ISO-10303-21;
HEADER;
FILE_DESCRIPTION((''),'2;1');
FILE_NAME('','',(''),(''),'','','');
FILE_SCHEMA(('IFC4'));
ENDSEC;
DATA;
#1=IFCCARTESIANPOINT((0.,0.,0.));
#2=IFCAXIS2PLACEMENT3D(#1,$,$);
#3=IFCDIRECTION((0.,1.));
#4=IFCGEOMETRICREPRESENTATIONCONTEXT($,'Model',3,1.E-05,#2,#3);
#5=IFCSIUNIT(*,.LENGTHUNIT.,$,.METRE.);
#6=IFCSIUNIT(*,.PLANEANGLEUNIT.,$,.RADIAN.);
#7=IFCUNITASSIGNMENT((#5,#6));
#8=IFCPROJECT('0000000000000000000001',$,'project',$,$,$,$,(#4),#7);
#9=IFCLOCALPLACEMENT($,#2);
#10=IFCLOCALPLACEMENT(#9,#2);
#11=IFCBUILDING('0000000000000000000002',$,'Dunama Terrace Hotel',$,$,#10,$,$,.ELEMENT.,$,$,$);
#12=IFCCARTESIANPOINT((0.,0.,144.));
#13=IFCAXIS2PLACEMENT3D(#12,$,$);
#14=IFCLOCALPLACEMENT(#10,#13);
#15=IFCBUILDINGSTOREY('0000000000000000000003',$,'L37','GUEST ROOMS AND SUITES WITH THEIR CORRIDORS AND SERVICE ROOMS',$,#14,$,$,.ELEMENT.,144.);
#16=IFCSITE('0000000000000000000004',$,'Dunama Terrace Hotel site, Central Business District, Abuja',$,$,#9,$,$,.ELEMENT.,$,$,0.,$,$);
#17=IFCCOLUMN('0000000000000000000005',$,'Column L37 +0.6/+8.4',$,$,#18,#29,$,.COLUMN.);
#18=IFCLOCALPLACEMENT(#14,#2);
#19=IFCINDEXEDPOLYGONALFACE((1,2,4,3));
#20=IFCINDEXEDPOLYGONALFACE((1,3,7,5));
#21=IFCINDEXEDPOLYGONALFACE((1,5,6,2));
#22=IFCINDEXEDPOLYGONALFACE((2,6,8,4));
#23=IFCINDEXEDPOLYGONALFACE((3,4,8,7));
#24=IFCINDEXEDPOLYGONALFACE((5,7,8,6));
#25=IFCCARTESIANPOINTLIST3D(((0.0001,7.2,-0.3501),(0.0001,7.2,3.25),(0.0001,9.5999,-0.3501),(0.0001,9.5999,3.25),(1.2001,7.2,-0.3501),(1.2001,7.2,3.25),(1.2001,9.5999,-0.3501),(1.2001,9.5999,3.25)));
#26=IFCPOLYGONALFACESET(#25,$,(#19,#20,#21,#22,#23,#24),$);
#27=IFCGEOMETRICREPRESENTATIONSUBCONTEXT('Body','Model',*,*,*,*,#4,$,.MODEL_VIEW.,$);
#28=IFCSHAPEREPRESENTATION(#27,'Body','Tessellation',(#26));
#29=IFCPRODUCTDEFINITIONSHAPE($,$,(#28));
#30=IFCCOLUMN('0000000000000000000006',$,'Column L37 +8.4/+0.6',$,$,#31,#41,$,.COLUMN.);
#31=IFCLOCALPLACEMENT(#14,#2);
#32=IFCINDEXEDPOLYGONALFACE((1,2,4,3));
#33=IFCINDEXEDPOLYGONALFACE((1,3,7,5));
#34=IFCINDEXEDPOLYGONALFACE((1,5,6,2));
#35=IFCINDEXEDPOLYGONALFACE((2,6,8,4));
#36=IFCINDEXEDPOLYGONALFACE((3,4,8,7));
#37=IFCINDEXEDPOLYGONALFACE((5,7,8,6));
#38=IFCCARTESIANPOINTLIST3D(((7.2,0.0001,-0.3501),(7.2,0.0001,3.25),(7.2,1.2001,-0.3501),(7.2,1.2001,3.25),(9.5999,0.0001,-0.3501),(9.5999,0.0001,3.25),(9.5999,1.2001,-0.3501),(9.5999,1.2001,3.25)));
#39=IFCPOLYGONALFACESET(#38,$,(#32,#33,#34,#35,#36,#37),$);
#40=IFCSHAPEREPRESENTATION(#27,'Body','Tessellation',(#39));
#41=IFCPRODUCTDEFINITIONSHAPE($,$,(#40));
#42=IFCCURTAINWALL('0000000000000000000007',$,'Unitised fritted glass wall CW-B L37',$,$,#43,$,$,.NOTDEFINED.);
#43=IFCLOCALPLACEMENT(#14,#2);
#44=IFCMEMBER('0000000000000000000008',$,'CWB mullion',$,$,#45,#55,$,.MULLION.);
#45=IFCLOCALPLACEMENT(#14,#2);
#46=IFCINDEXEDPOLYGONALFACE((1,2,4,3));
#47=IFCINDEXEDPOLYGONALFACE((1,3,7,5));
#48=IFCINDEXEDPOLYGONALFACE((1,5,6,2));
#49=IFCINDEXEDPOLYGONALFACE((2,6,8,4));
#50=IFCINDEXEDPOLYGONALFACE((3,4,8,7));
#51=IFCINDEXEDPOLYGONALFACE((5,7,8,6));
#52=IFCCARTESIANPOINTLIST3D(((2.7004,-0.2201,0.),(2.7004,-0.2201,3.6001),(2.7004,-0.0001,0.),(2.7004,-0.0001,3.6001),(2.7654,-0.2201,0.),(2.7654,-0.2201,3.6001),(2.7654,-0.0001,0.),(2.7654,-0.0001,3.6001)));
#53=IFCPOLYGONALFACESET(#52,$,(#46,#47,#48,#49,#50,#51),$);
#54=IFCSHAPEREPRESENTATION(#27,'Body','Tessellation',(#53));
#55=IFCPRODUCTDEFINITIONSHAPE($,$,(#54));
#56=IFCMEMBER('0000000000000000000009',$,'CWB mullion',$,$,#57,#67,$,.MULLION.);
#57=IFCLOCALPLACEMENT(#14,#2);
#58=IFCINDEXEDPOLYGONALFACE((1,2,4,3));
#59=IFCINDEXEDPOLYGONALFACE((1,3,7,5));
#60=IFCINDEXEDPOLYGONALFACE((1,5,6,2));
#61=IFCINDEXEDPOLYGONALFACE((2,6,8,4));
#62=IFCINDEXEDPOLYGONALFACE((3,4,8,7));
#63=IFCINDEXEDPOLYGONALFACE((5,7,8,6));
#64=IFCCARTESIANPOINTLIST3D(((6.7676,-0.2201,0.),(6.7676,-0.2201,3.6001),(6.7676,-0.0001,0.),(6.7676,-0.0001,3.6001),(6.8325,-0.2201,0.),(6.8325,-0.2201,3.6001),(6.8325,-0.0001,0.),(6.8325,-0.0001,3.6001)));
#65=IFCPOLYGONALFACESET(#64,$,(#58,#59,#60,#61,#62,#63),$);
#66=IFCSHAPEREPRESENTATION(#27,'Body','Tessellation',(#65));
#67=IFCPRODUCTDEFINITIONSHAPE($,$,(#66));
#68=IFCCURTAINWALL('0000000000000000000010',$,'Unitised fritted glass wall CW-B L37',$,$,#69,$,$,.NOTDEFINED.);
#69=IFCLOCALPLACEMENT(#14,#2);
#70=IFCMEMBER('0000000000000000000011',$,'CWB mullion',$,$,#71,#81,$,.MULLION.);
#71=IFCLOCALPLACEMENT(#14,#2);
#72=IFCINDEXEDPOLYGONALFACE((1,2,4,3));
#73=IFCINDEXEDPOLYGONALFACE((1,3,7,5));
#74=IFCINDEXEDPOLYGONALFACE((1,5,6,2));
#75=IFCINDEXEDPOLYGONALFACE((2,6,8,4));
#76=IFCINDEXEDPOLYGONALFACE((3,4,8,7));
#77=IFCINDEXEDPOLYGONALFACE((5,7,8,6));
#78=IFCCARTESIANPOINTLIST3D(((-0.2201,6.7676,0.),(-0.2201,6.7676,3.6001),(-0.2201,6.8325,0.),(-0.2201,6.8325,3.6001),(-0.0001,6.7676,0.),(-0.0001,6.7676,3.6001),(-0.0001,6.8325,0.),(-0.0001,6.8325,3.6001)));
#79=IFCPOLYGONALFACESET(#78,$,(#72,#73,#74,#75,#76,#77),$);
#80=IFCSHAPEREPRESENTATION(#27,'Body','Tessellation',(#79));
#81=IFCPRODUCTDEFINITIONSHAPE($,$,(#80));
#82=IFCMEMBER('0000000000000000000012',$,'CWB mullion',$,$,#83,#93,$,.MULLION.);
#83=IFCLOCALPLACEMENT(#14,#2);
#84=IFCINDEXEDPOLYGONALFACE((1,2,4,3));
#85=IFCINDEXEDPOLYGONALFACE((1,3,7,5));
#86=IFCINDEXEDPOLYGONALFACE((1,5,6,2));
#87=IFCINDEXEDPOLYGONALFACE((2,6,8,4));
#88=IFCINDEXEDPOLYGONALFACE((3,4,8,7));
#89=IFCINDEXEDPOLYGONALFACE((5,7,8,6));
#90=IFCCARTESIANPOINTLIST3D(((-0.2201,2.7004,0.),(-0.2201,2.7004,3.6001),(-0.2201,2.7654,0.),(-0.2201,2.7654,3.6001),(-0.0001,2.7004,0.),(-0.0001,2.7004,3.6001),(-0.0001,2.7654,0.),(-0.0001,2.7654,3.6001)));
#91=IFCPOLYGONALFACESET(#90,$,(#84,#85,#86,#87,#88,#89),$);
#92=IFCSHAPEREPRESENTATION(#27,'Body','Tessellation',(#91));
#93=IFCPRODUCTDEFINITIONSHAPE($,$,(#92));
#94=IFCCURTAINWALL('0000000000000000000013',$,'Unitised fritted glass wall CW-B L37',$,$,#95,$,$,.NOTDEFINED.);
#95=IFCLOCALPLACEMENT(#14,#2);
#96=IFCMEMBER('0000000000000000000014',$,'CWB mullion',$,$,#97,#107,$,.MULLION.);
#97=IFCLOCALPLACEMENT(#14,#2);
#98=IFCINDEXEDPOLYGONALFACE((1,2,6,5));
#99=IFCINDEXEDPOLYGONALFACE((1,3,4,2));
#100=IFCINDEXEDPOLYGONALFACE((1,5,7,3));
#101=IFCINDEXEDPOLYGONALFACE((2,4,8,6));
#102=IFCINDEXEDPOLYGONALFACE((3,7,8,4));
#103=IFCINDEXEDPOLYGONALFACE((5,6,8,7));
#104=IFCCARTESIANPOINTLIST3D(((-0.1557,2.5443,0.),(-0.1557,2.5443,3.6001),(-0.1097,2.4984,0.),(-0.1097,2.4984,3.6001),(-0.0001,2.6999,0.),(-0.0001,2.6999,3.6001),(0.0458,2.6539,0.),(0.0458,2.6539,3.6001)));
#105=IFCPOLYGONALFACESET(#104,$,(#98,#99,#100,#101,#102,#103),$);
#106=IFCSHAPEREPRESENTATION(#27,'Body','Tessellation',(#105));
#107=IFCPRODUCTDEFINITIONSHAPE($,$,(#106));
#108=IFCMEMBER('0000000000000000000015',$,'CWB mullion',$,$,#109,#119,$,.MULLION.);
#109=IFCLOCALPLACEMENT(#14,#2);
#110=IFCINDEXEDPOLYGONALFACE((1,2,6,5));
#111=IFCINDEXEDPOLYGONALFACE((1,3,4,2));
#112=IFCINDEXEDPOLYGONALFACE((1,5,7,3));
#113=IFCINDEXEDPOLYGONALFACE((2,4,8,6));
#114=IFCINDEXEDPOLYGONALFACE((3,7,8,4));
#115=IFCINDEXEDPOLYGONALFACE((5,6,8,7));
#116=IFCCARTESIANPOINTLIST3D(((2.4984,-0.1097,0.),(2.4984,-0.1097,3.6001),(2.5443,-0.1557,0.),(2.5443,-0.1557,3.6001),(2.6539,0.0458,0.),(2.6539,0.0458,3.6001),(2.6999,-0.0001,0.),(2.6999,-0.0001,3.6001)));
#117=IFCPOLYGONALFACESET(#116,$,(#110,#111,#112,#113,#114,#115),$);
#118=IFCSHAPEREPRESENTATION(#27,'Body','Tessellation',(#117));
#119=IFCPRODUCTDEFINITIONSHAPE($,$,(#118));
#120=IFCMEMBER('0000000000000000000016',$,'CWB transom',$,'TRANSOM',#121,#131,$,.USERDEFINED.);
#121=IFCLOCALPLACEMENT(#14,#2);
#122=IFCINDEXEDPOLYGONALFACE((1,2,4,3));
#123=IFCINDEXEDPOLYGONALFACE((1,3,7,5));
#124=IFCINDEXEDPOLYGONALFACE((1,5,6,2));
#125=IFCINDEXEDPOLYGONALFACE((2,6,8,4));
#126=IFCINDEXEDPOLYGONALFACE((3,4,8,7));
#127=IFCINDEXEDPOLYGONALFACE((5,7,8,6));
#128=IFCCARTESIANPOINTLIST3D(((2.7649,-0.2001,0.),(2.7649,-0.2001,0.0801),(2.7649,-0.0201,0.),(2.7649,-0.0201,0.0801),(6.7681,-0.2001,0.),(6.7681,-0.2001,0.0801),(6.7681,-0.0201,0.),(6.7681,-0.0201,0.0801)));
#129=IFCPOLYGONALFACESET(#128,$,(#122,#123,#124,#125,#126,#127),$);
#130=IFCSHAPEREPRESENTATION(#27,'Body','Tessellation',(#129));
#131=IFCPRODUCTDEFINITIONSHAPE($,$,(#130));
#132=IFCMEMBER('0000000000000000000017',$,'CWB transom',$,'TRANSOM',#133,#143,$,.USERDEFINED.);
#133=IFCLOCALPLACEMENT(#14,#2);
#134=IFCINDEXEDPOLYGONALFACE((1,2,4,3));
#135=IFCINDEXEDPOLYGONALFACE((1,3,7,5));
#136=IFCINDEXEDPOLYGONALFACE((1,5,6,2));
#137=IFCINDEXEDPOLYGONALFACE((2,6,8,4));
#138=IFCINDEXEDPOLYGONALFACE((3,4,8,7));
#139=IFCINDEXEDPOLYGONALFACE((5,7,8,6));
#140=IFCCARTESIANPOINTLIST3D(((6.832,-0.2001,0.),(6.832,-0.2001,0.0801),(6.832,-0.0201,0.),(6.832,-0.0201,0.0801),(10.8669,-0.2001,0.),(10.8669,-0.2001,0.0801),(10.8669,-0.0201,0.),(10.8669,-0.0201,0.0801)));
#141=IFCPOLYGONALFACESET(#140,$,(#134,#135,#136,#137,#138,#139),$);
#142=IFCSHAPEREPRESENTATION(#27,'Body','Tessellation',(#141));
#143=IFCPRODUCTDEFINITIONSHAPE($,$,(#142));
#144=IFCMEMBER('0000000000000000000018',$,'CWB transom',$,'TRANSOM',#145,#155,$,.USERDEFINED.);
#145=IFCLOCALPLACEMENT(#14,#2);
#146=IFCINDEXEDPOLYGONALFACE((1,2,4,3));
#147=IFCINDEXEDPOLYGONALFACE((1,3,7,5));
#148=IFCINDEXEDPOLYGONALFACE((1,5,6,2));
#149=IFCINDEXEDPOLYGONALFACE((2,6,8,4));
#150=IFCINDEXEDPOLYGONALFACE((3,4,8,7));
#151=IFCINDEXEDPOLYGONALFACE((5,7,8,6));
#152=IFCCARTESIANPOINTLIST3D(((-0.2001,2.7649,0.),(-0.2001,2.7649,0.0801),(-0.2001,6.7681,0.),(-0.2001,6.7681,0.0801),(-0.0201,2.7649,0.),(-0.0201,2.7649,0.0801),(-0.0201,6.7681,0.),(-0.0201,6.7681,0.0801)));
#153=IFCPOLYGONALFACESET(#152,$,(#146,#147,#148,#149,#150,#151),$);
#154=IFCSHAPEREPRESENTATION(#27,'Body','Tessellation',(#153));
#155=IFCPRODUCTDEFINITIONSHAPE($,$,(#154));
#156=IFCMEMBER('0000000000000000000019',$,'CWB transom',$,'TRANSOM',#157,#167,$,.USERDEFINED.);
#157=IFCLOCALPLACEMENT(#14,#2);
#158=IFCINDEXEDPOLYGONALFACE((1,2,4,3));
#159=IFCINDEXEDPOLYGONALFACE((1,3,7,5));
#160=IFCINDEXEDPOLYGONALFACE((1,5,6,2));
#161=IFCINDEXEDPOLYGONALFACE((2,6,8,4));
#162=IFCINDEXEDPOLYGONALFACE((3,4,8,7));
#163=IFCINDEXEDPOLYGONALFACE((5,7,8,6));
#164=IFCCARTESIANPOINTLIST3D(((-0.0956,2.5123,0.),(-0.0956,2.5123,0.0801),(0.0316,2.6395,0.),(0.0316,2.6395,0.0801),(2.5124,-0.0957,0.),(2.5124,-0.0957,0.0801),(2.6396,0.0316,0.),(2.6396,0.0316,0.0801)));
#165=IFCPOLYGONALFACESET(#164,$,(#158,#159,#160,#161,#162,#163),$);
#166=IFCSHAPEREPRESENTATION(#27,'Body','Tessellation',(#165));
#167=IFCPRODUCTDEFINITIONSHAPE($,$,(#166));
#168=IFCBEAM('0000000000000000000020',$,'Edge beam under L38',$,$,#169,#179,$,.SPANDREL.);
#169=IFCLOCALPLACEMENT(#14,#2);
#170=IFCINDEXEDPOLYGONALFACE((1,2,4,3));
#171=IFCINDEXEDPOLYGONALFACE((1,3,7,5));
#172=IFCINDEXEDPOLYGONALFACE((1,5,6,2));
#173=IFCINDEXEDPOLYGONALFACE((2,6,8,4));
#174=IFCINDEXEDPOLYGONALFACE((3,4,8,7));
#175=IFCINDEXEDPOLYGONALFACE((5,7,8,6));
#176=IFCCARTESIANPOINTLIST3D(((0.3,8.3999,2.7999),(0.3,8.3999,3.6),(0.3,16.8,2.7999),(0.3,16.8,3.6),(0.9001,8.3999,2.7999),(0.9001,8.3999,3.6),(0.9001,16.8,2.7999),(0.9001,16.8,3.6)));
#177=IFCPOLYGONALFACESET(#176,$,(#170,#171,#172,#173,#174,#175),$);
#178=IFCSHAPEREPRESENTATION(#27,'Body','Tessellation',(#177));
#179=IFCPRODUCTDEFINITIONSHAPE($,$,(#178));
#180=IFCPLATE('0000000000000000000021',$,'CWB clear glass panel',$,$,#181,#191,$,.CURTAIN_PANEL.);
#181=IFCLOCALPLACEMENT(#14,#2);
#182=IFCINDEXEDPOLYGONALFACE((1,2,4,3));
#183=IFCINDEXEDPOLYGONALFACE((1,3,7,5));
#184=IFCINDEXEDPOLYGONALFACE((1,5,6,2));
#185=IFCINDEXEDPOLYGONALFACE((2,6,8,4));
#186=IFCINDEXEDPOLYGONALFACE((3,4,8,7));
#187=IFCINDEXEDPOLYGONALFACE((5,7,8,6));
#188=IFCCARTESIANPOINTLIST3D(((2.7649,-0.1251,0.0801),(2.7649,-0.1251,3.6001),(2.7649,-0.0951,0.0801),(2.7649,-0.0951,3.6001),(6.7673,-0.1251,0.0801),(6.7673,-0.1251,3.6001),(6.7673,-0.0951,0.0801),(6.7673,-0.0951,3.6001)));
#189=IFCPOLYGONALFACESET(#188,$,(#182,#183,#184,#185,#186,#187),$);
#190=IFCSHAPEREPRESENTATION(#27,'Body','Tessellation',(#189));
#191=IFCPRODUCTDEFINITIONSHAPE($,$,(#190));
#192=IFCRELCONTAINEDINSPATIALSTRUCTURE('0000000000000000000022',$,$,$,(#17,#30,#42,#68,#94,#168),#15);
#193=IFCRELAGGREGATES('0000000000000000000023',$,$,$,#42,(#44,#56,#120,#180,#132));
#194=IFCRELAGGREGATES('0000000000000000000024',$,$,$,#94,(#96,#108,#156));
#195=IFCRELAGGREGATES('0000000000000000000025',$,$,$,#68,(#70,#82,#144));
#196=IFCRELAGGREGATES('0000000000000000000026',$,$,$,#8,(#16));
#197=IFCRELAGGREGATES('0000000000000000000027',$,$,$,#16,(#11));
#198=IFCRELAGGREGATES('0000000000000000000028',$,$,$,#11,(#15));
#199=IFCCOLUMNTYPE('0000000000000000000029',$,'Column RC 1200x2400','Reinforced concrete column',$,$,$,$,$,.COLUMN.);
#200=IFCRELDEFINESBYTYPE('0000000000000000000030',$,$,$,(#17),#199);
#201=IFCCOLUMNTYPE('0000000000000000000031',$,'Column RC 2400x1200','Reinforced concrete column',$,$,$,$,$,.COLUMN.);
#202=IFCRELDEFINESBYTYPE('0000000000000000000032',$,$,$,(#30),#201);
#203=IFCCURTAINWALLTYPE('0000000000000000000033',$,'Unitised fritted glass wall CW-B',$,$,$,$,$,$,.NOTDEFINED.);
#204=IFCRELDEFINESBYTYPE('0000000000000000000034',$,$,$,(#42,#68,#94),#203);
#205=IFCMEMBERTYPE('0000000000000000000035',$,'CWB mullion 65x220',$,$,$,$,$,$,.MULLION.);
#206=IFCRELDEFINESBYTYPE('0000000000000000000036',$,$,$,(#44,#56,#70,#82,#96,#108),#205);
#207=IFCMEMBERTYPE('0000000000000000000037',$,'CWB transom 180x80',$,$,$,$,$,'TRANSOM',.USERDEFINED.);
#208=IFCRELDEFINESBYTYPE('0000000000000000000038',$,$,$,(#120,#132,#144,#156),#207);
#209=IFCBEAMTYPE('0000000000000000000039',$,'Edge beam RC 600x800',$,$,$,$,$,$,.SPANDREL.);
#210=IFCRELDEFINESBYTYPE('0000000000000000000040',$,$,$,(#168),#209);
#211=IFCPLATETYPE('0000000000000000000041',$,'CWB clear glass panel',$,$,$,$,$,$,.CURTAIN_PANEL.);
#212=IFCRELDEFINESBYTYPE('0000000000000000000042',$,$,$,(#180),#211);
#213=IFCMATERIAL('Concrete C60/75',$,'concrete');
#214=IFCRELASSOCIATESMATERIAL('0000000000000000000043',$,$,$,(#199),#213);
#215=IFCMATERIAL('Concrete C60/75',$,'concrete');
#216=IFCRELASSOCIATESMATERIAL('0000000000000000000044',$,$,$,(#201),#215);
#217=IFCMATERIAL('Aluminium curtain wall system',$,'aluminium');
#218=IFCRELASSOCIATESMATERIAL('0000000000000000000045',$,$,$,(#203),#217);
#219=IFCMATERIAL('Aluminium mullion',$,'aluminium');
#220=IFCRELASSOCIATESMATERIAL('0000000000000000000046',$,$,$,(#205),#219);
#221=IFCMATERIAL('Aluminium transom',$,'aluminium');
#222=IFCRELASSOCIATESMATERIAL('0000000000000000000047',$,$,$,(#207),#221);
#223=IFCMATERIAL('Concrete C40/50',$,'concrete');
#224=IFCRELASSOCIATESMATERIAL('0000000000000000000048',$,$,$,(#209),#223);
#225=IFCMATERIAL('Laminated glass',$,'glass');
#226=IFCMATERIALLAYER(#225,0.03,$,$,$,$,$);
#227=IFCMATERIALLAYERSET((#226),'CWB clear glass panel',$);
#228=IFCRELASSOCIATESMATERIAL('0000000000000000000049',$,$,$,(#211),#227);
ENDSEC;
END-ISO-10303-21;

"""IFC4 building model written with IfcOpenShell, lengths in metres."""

from ifc_helpers import new_model, si_unit, direction, frame, origin, origin_2d, place, context, subcontext, project, spatial, rectangle, extrude, material, layer, layer_set, material_profile, profile_set, type_object, element, aggregate, save


model = new_model("IFC4")

# Units and contexts
model_context = context("Model", 3, precision=1e-05, world=origin(), true_north=direction((0.0, 1.0)))
body_context = subcontext(model_context, "Body", "Model", "MODEL_VIEW")
ifc_project = project(units=[si_unit("LENGTHUNIT", "METRE"), si_unit("PLANEANGLEUNIT", "RADIAN")], contexts=[model_context])

# Site, building, storey
site_placement = place(None, origin())
site = spatial("IfcSite", under=ifc_project, at=site_placement, Name="Dunama Terrace Hotel site, Central Business District, Abuja", CompositionType="ELEMENT", RefElevation=0.0)
building_placement = place(site_placement, origin())
building = spatial("IfcBuilding", under=site, at=building_placement, Name="Dunama Terrace Hotel", CompositionType="ELEMENT")
storey_placement = place(building_placement, frame((0.0, 0.0, 144.0)))
storey = spatial("IfcBuildingStorey", under=building, at=storey_placement, Name="L37", Description="GUEST ROOMS AND SUITES WITH THEIR CORRIDORS AND SERVICE ROOMS", CompositionType="ELEMENT", Elevation=144.0)

# Columns
ifc_material_1 = material(Name="Concrete C60/75", Category="concrete")
ifc_material_profile_1 = material_profile(ifc_material_1, rectangle(XDim=1.2, YDim=2.3999, at=origin_2d()), Name="RC 1200x2400")
ifc_profile_set_1 = profile_set([ifc_material_profile_1], Name="Concrete C60/75")
column_type_1 = type_object("IfcColumnType", Name="Column RC 1200x2400", Description="Reinforced concrete column", PredefinedType="COLUMN", material=ifc_profile_set_1)
column_1_placement = place(storey_placement, frame((0.6001, 8.3999, -0.3501), z_axis=(0.0, 0.0, 1.0), x_axis=(1.0, 0.0, 0.0)))
element("IfcColumn", 1, at=column_1_placement, inside=storey, type_object=column_type_1, Name="Column L37 +0.6/+8.4", PredefinedType="COLUMN", context=body_context, shape_type="SweptSolid", body=[
    extrude(rectangle(XDim=1.2, YDim=2.3999, at=origin_2d()), origin(), (0.0, 0.0, 1.0), 3.6001),
])
ifc_material_2 = material(Name="Concrete C60/75", Category="concrete")
ifc_material_profile_2 = material_profile(ifc_material_2, rectangle(XDim=2.3999, YDim=1.2, at=origin_2d()), Name="RC 2400x1200")
ifc_profile_set_2 = profile_set([ifc_material_profile_2], Name="Concrete C60/75")
column_type_2 = type_object("IfcColumnType", Name="Column RC 2400x1200", Description="Reinforced concrete column", PredefinedType="COLUMN", material=ifc_profile_set_2)
column_2_placement = place(storey_placement, frame((8.3999, 0.6001, -0.3501), z_axis=(0.0, 0.0, 1.0), x_axis=(1.0, 0.0, 0.0)))
element("IfcColumn", 2, at=column_2_placement, inside=storey, type_object=column_type_2, Name="Column L37 +8.4/+0.6", PredefinedType="COLUMN", context=body_context, shape_type="SweptSolid", body=[
    extrude(rectangle(XDim=2.3999, YDim=1.2, at=origin_2d()), origin(), (0.0, 0.0, 1.0), 3.6001),
])

# Curtain walls, members
ifc_material_3 = material(Name="Aluminium curtain wall system", Category="aluminium")
curtain_wall_type = type_object("IfcCurtainWallType", Name="Unitised fritted glass wall CW-B", PredefinedType="NOTDEFINED", material=ifc_material_3)
curtain_wall_1_placement = place(storey_placement, origin())
curtain_wall_1 = element("IfcCurtainWall", 3, at=curtain_wall_1_placement, inside=storey, type_object=curtain_wall_type, Name="Unitised fritted glass wall CW-B L37", PredefinedType="NOTDEFINED")
ifc_material_4 = material(Name="Aluminium mullion", Category="aluminium")
ifc_material_profile_3 = material_profile(ifc_material_4, rectangle(XDim=0.0649, YDim=0.22, at=origin_2d()), Name="CWB MULLION 65X220")
ifc_profile_set_3 = profile_set([ifc_material_profile_3], Name="Aluminium mullion")
member_type_1 = type_object("IfcMemberType", Name="CWB mullion 65x220", PredefinedType="MULLION", material=ifc_profile_set_3)
member_1_placement = place(storey_placement, frame((2.7329, -0.1101, 0.0), z_axis=(0.0, 0.0, 1.0), x_axis=(1.0, 0.0, 0.0)))
member_1 = element("IfcMember", 4, at=member_1_placement, type_object=member_type_1, Name="CWB mullion", PredefinedType="MULLION", context=body_context, shape_type="SweptSolid", body=[
    extrude(rectangle(XDim=0.0649, YDim=0.22, at=origin_2d()), origin(), (0.0, 0.0, 1.0), 3.6001),
])
member_2_placement = place(storey_placement, frame((6.8, -0.1101, 0.0), z_axis=(0.0, 0.0, 1.0), x_axis=(1.0, 0.0, 0.0)))
member_2 = element("IfcMember", 5, at=member_2_placement, type_object=member_type_1, Name="CWB mullion", PredefinedType="MULLION", context=body_context, shape_type="SweptSolid", body=[
    extrude(rectangle(XDim=0.0649, YDim=0.22, at=origin_2d()), origin(), (0.0, 0.0, 1.0), 3.6001),
])
curtain_wall_2_placement = place(storey_placement, origin())
curtain_wall_2 = element("IfcCurtainWall", 6, at=curtain_wall_2_placement, inside=storey, type_object=curtain_wall_type, Name="Unitised fritted glass wall CW-B L37", PredefinedType="NOTDEFINED")
member_3_placement = place(storey_placement, frame((-0.1101, 6.8, 0.0), z_axis=(0.0, 0.0, 1.0), x_axis=(0.0, -1.0, 0.0)))
member_3 = element("IfcMember", 7, at=member_3_placement, type_object=member_type_1, Name="CWB mullion", PredefinedType="MULLION", context=body_context, shape_type="SweptSolid", body=[
    extrude(rectangle(XDim=0.0649, YDim=0.22, at=origin_2d()), origin(), (0.0, 0.0, 1.0), 3.6001),
])
member_4_placement = place(storey_placement, frame((-0.1101, 2.7329, 0.0), z_axis=(0.0, 0.0, 1.0), x_axis=(0.0, -1.0, 0.0)))
member_4 = element("IfcMember", 8, at=member_4_placement, type_object=member_type_1, Name="CWB mullion", PredefinedType="MULLION", context=body_context, shape_type="SweptSolid", body=[
    extrude(rectangle(XDim=0.0649, YDim=0.22, at=origin_2d()), origin(), (0.0, 0.0, 1.0), 3.6001),
])
curtain_wall_3_placement = place(storey_placement, origin())
curtain_wall_3 = element("IfcCurtainWall", 9, at=curtain_wall_3_placement, inside=storey, type_object=curtain_wall_type, Name="Unitised fritted glass wall CW-B L37", PredefinedType="NOTDEFINED")
member_5_placement = place(storey_placement, frame((-0.0549, 2.5991, 0.0), z_axis=(0.0, 0.0, 1.0), x_axis=(0.707107, -0.707107, 0.0)))
member_5 = element("IfcMember", 10, at=member_5_placement, type_object=member_type_1, Name="CWB mullion", PredefinedType="MULLION", context=body_context, shape_type="SweptSolid", body=[
    extrude(rectangle(XDim=0.0649, YDim=0.22, at=origin_2d()), origin(), (0.0, 0.0, 1.0), 3.6001),
])
member_6_placement = place(storey_placement, frame((2.5991, -0.0549, 0.0), z_axis=(0.0, 0.0, 1.0), x_axis=(0.707107, -0.707107, 0.0)))
member_6 = element("IfcMember", 11, at=member_6_placement, type_object=member_type_1, Name="CWB mullion", PredefinedType="MULLION", context=body_context, shape_type="SweptSolid", body=[
    extrude(rectangle(XDim=0.0649, YDim=0.22, at=origin_2d()), origin(), (0.0, 0.0, 1.0), 3.6001),
])

# Members
ifc_material_5 = material(Name="Aluminium transom", Category="aluminium")
ifc_material_profile_4 = material_profile(ifc_material_5, rectangle(XDim=0.1799, YDim=0.0801, at=origin_2d()), Name="CWB TRANSOM 180X80")
ifc_profile_set_4 = profile_set([ifc_material_profile_4], Name="Aluminium transom")
member_type_2 = type_object("IfcMemberType", Name="CWB transom 180x80", ElementType="TRANSOM", PredefinedType="USERDEFINED", material=ifc_profile_set_4)
member_7_placement = place(storey_placement, frame((2.7649, -0.1101, 0.04), z_axis=(1.0, 0.0, 0.0), x_axis=(0.0, 1.0, 0.0)))
member_7 = element("IfcMember", 12, at=member_7_placement, type_object=member_type_2, Name="CWB transom", ObjectType="TRANSOM", PredefinedType="USERDEFINED", context=body_context, shape_type="SweptSolid", body=[
    extrude(rectangle(XDim=0.1799, YDim=0.0801, at=origin_2d()), origin(), (0.0, 0.0, 1.0), 4.0032),
])
member_8_placement = place(storey_placement, frame((6.832, -0.1101, 0.04), z_axis=(1.0, 0.0, 0.0), x_axis=(0.0, 1.0, 0.0)))
member_8 = element("IfcMember", 13, at=member_8_placement, type_object=member_type_2, Name="CWB transom", ObjectType="TRANSOM", PredefinedType="USERDEFINED", context=body_context, shape_type="SweptSolid", body=[
    extrude(rectangle(XDim=0.1799, YDim=0.0801, at=origin_2d()), origin(), (0.0, 0.0, 1.0), 4.0349),
])
member_9_placement = place(storey_placement, frame((-0.1101, 6.7681, 0.04), z_axis=(0.0, -1.0, 0.0), x_axis=(1.0, 0.0, 0.0)))
member_9 = element("IfcMember", 14, at=member_9_placement, type_object=member_type_2, Name="CWB transom", ObjectType="TRANSOM", PredefinedType="USERDEFINED", context=body_context, shape_type="SweptSolid", body=[
    extrude(rectangle(XDim=0.1799, YDim=0.0801, at=origin_2d()), origin(), (0.0, 0.0, 1.0), 4.0032),
])
member_10_placement = place(storey_placement, frame((-0.032, 2.5759, 0.04), z_axis=(0.707107, -0.707107, 0.0), x_axis=(0.707107, 0.707107, 0.0)))
member_10 = element("IfcMember", 15, at=member_10_placement, type_object=member_type_2, Name="CWB transom", ObjectType="TRANSOM", PredefinedType="USERDEFINED", context=body_context, shape_type="SweptSolid", body=[
    extrude(rectangle(XDim=0.1799, YDim=0.0801, at=origin_2d()), origin(), (0.0, 0.0, 1.0), 3.6882),
])

# Beam
ifc_material_6 = material(Name="Concrete C40/50", Category="concrete")
ifc_material_profile_5 = material_profile(ifc_material_6, rectangle(XDim=0.6001, YDim=0.8, at=origin_2d()), Name="RC 600x800")
ifc_profile_set_5 = profile_set([ifc_material_profile_5], Name="Concrete C40/50")
beam_type = type_object("IfcBeamType", Name="Edge beam RC 600x800", PredefinedType="SPANDREL", material=ifc_profile_set_5)
beam_placement = place(storey_placement, frame((0.6001, 8.3999, 3.2), z_axis=(0.0, 1.0, 0.0), x_axis=(-1.0, 0.0, 0.0)))
element("IfcBeam", 16, at=beam_placement, inside=storey, type_object=beam_type, Name="Edge beam under L38", PredefinedType="SPANDREL", context=body_context, shape_type="SweptSolid", body=[
    extrude(rectangle(XDim=0.6001, YDim=0.8, at=origin_2d()), origin(), (0.0, 0.0, 1.0), 8.4001),
])

# Plate
ifc_material_7 = material(Name="Laminated glass", Category="glass")
ifc_layer_1 = layer(ifc_material_7, 0.03)
ifc_layer_set_1 = layer_set([ifc_layer_1], Name="CWB clear glass panel")
plate_type_1 = type_object("IfcPlateType", Name="CWB clear glass panel", PredefinedType="CURTAIN_PANEL", material=ifc_layer_set_1)
plate_1_placement = place(storey_placement, frame((4.7661, -0.1101, 0.0801), z_axis=(0.0, 0.0, 1.0), x_axis=(1.0, 0.0, 0.0)))
plate_1 = element("IfcPlate", 17, at=plate_1_placement, type_object=plate_type_1, Name="CWB clear glass panel", PredefinedType="CURTAIN_PANEL", context=body_context, shape_type="SweptSolid", body=[
    extrude(rectangle(XDim=4.0024, YDim=0.03, at=origin_2d()), origin(), (0.0, 0.0, 1.0), 3.52),
])
aggregate(curtain_wall_1, [member_1, member_2, member_7, plate_1, member_8])
aggregate(curtain_wall_3, [member_5, member_6, member_10])
aggregate(curtain_wall_2, [member_3, member_4, member_9])

save(model, "model.ifc")
